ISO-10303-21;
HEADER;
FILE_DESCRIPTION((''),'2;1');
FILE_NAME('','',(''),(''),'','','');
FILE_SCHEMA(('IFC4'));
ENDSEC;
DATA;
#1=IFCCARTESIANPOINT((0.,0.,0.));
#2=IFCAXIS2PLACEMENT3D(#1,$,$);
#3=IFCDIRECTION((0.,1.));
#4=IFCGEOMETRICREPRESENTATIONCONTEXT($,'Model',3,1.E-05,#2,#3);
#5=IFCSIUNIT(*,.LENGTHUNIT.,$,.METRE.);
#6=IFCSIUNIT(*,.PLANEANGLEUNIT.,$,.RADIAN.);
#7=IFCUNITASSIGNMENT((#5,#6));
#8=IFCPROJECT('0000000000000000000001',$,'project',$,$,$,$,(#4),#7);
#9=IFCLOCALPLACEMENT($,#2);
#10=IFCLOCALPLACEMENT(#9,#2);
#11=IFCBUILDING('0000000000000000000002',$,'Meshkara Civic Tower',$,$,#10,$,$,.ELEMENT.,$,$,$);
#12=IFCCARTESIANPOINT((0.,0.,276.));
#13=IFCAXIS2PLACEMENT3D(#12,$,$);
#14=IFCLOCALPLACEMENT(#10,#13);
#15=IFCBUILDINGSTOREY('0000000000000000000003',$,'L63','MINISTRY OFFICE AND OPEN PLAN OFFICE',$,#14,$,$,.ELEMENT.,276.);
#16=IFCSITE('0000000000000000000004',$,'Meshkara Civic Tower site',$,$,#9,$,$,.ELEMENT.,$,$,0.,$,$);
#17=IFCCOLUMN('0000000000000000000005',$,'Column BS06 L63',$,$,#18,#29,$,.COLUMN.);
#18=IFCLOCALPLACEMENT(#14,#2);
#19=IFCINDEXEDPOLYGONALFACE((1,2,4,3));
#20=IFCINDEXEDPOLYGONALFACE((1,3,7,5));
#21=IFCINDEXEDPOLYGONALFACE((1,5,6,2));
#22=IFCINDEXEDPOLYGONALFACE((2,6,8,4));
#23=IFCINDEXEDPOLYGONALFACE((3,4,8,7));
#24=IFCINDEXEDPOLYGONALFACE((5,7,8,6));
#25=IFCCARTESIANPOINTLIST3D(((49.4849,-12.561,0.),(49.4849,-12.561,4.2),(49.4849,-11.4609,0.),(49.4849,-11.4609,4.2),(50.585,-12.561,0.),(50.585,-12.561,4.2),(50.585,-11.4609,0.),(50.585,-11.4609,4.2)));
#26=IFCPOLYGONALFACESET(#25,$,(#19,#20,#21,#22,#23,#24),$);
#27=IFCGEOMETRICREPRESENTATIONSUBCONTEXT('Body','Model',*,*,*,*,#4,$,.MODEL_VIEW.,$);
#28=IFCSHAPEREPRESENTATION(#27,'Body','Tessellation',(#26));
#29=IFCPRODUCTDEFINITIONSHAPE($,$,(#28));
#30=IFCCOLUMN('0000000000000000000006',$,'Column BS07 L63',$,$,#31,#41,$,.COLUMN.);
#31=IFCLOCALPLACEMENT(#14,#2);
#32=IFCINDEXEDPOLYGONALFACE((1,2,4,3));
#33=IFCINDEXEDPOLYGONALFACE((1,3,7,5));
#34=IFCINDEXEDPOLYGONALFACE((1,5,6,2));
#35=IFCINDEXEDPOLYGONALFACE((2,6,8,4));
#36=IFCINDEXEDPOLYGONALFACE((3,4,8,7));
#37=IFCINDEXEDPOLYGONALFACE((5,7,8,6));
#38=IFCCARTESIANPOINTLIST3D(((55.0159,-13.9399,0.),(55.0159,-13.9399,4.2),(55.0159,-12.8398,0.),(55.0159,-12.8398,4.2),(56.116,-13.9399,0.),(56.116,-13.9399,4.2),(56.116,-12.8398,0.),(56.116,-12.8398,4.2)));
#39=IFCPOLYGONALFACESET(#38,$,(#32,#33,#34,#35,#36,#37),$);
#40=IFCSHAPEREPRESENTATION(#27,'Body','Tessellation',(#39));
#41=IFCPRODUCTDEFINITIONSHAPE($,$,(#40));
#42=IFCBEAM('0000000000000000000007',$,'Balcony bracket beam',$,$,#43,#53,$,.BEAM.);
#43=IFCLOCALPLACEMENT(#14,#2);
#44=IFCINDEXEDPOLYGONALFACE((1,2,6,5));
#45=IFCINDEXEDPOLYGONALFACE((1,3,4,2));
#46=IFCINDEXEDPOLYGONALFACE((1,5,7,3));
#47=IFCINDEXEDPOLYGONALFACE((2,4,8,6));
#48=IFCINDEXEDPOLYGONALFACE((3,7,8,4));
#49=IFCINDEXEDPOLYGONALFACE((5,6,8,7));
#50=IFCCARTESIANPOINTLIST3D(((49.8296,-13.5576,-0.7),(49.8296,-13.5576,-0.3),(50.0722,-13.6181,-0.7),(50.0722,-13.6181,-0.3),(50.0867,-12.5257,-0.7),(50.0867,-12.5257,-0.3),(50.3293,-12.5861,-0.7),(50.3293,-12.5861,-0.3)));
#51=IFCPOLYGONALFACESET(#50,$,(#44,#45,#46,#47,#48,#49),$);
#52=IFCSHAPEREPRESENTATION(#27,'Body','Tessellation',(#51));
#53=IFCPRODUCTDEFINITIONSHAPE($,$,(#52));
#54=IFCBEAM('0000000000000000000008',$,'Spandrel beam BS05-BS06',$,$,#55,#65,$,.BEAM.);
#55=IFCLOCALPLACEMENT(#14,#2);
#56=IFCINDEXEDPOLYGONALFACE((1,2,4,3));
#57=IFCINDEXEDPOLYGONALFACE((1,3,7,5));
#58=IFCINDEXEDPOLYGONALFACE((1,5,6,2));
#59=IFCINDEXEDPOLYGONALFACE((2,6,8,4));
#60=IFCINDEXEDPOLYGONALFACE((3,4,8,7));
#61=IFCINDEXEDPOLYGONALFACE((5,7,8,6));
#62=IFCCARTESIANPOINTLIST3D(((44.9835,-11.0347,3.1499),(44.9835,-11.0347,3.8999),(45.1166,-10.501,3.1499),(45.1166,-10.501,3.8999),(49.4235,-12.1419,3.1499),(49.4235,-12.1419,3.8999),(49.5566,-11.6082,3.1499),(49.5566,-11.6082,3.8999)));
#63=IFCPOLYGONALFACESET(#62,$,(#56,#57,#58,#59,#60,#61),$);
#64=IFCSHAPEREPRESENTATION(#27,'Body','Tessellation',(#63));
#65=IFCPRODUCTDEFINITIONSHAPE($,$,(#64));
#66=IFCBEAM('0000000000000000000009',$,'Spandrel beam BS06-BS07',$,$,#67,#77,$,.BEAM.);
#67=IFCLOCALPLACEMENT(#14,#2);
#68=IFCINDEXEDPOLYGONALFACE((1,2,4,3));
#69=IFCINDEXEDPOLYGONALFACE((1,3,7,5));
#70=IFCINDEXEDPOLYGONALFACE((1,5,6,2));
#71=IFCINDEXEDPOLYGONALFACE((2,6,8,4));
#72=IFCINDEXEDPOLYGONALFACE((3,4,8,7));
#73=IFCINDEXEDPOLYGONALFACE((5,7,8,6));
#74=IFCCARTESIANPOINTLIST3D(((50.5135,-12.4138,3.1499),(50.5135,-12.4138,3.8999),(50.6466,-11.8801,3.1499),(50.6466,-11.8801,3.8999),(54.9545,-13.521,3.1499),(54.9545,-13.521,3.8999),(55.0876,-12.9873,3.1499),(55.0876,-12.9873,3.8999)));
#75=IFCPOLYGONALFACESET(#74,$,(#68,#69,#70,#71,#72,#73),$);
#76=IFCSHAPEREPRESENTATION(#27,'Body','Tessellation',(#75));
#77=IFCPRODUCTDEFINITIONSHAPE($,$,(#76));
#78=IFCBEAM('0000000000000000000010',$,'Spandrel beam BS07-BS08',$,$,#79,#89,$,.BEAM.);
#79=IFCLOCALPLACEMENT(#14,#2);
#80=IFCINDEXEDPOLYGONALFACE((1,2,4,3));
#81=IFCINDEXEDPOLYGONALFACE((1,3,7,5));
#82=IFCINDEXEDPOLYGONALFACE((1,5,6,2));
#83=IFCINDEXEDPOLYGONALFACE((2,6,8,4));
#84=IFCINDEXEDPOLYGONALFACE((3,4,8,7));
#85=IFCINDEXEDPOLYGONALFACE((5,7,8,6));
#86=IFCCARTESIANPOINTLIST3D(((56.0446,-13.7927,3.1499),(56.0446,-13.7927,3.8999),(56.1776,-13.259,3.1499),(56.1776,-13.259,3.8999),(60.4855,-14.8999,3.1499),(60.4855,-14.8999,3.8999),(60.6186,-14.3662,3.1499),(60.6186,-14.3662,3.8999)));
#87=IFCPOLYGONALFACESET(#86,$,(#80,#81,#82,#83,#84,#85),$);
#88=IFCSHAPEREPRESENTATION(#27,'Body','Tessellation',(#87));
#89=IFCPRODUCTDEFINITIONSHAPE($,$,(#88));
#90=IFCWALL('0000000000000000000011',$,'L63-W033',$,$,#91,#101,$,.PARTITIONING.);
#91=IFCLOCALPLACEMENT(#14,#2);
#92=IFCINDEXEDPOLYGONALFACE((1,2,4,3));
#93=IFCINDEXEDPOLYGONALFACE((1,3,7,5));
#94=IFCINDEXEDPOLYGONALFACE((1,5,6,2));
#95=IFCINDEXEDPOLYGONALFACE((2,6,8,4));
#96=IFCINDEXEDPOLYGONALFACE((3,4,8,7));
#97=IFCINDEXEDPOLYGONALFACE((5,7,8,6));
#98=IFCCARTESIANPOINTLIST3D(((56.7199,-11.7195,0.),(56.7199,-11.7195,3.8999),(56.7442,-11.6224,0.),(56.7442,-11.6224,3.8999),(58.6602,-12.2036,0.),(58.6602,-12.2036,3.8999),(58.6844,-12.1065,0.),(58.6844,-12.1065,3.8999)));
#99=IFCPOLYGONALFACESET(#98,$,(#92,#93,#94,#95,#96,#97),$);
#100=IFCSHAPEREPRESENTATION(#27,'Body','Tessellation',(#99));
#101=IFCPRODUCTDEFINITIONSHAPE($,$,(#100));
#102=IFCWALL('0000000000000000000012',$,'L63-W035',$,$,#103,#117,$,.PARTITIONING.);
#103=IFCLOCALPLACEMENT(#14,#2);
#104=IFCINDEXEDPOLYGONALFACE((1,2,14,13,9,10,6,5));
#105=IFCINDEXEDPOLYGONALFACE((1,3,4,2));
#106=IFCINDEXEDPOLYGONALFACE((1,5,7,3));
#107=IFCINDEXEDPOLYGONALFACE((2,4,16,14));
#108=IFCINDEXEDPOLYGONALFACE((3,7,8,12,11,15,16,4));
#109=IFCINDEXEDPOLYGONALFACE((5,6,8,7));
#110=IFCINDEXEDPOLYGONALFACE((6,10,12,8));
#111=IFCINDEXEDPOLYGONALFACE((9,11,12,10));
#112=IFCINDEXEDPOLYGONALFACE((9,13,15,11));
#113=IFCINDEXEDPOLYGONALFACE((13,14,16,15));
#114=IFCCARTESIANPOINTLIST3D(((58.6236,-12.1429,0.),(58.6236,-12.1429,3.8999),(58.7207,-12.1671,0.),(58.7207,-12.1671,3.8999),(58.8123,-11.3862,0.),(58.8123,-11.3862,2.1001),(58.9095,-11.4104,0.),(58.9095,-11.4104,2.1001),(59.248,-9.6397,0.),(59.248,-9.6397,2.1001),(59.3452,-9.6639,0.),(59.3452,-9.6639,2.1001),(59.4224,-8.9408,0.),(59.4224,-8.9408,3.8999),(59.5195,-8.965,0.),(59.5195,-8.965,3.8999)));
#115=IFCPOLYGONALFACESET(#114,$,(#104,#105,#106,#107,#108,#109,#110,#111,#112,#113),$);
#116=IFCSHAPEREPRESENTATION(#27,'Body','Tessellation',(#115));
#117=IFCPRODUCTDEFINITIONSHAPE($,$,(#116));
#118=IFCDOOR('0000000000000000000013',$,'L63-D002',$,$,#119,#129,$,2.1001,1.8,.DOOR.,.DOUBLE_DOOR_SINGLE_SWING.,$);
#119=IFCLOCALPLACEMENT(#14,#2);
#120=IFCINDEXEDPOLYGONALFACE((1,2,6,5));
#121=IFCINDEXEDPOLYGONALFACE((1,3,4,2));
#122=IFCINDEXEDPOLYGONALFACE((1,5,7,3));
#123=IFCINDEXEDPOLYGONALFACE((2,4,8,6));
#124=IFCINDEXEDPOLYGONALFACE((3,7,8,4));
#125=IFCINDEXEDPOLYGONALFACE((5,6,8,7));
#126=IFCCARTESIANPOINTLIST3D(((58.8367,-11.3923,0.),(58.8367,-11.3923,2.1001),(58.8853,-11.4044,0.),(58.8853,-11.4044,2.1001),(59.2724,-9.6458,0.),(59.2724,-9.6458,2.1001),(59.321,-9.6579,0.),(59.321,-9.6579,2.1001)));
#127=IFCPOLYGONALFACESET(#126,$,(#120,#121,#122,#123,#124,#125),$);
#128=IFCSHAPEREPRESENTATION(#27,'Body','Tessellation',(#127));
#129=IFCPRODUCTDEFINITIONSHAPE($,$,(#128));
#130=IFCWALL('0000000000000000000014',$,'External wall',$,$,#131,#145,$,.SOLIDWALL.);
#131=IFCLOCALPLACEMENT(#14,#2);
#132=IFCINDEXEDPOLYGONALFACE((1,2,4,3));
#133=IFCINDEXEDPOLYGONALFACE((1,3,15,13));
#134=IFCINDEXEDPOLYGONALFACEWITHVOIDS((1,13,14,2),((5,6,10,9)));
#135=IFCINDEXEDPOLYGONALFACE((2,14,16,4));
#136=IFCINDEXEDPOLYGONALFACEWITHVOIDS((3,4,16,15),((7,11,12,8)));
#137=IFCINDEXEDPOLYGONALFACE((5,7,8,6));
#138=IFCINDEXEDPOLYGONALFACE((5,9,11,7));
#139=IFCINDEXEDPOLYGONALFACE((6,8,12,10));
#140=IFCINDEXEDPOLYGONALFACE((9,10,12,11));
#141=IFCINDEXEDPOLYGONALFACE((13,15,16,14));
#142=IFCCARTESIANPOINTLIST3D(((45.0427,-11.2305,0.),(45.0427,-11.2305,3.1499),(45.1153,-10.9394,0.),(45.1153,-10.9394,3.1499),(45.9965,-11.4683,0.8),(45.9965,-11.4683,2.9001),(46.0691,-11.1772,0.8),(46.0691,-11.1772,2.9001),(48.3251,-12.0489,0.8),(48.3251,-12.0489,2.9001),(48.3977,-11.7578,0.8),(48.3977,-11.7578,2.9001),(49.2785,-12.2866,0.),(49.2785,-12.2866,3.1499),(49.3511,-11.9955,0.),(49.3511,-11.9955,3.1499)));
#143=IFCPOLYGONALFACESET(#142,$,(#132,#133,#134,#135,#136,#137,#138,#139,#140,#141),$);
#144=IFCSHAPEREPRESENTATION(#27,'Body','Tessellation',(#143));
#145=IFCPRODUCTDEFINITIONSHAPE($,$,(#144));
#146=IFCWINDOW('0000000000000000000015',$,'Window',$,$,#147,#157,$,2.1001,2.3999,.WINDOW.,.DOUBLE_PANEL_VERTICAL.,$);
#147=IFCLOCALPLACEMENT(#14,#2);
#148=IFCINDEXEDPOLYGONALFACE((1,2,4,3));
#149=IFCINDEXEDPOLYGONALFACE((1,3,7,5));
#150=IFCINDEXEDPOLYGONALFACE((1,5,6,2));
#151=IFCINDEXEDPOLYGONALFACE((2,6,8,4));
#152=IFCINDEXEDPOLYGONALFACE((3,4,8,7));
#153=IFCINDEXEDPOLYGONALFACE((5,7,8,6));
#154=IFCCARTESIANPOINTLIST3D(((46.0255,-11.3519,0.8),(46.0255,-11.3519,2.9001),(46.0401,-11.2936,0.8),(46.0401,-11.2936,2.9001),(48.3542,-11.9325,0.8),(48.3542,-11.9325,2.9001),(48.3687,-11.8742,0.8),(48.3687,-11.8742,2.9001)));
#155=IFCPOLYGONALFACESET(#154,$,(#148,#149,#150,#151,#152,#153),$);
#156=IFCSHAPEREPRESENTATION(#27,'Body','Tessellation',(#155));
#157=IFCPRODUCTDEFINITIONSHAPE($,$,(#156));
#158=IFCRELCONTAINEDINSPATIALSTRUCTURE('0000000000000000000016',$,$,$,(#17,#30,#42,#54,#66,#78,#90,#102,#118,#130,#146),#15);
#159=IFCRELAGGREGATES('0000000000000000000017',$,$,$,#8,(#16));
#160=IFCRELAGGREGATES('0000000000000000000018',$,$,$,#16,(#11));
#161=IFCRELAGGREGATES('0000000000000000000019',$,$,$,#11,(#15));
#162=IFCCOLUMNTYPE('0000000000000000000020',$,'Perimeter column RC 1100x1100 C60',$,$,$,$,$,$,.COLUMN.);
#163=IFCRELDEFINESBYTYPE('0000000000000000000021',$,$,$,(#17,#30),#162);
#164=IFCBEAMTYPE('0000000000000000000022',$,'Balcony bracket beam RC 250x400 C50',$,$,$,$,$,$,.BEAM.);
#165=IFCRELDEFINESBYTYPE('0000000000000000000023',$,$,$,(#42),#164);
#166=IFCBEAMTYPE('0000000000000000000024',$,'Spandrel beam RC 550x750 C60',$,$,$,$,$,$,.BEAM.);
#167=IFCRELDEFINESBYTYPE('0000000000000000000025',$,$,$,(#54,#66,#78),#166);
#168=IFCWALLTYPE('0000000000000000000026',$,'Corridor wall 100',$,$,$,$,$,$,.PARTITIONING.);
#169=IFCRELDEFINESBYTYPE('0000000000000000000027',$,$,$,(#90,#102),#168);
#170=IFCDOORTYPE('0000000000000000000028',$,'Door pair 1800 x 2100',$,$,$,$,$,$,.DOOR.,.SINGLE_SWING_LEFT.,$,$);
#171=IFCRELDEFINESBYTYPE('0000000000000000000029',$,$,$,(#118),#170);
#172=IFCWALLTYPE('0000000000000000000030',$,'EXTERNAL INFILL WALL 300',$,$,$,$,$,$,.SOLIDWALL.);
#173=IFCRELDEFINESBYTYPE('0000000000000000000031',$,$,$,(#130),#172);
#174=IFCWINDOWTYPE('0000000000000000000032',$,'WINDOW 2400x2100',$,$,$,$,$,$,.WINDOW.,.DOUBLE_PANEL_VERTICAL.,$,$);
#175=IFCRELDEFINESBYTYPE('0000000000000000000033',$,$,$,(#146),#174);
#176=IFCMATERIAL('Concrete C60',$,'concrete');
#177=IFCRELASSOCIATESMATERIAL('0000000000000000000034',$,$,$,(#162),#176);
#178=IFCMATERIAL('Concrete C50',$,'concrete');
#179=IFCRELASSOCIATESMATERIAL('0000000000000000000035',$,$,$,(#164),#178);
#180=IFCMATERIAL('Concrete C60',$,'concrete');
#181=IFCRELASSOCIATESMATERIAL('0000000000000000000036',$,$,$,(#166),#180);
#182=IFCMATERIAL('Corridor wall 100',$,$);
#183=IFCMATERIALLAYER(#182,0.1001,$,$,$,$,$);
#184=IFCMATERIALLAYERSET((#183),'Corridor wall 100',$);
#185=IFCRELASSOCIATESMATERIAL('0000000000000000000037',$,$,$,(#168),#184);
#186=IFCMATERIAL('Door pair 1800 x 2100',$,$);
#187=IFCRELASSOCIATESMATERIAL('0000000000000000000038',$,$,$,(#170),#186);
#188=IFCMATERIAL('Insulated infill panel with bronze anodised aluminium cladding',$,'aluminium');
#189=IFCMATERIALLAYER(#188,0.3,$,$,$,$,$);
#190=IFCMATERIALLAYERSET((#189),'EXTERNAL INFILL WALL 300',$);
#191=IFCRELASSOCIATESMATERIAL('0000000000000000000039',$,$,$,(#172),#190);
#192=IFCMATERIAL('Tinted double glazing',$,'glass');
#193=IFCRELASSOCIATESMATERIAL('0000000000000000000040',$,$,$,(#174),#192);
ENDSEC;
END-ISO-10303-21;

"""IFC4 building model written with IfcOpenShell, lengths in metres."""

from ifc_helpers import new_model, si_unit, direction, frame, frame_2d, origin, origin_2d, place, context, subcontext, project, spatial, rectangle, extrude, material, layer, layer_set, material_profile, profile_set, type_object, element, fill, save


model = new_model("IFC4")

# Units and contexts
model_context = context("Model", 3, precision=1e-05, world=origin(), true_north=direction((0.0, 1.0)))
body_context = subcontext(model_context, "Body", "Model", "MODEL_VIEW")
ifc_project = project(units=[si_unit("LENGTHUNIT", "METRE"), si_unit("PLANEANGLEUNIT", "RADIAN")], contexts=[model_context])

# Site, building, storey
site_placement = place(None, origin())
site = spatial("IfcSite", under=ifc_project, at=site_placement, Name="Meshkara Civic Tower site", CompositionType="ELEMENT", RefElevation=0.0)
building_placement = place(site_placement, origin())
building = spatial("IfcBuilding", under=site, at=building_placement, Name="Meshkara Civic Tower", CompositionType="ELEMENT")
storey_placement = place(building_placement, frame((0.0, 0.0, 276.0)))
storey = spatial("IfcBuildingStorey", under=building, at=storey_placement, Name="L63", Description="MINISTRY OFFICE AND OPEN PLAN OFFICE", CompositionType="ELEMENT", Elevation=276.0)

# Columns
ifc_material_1 = material(Name="Concrete C60", Category="concrete")
ifc_material_profile_1 = material_profile(ifc_material_1, rectangle(XDim=1.1001, YDim=1.1001, at=origin_2d()))
ifc_profile_set_1 = profile_set([ifc_material_profile_1], Name="Concrete C60")
column_type = type_object("IfcColumnType", Name="Perimeter column RC 1100x1100 C60", PredefinedType="COLUMN", material=ifc_profile_set_1)
for number, where, z_axis, x_axis, name in (
    (1, (50.0349, -12.011, 0.0), (0.0, 0.0, 1.0), (1.0, 0.0, 0.0), "Column BS06 L63"),
    (2, (55.5659, -13.3899, 0.0), (0.0, 0.0, 1.0), (1.0, 0.0, 0.0), "Column BS07 L63"),
):
    element("IfcColumn", number, at=place(storey_placement, frame(where, z_axis=z_axis, x_axis=x_axis)), inside=storey, type_object=column_type, Name=name, PredefinedType="COLUMN", context=body_context, shape_type="SweptSolid", body=[
        extrude(rectangle(XDim=1.1001, YDim=1.1001, at=origin_2d()), origin(), (0.0, 0.0, 1.0), 4.2),
    ])

# Beams
ifc_material_2 = material(Name="Concrete C50", Category="concrete")
ifc_material_profile_2 = material_profile(ifc_material_2, rectangle(XDim=0.25, YDim=0.3999, at=origin_2d()))
ifc_profile_set_2 = profile_set([ifc_material_profile_2], Name="Concrete C50")
beam_type_1 = type_object("IfcBeamType", Name="Balcony bracket beam RC 250x400 C50", PredefinedType="BEAM", material=ifc_profile_set_2)
beam_1_placement = place(storey_placement, frame((50.208, -12.5559, -0.5), z_axis=(-0.241725, -0.970345, 0.0), x_axis=(0.970345, -0.241725, 0.0)))
element("IfcBeam", 3, at=beam_1_placement, inside=storey, type_object=beam_type_1, Name="Balcony bracket beam", PredefinedType="BEAM", context=body_context, shape_type="SweptSolid", body=[
    extrude(rectangle(XDim=0.25, YDim=0.3999, at=origin_2d()), origin(), (0.0, 0.0, 1.0), 1.0635),
])
ifc_material_3 = material(Name="Concrete C60", Category="concrete")
ifc_material_profile_3 = material_profile(ifc_material_3, rectangle(XDim=0.55, YDim=0.75, at=origin_2d()))
ifc_profile_set_3 = profile_set([ifc_material_profile_3], Name="Concrete C60")
beam_type_2 = type_object("IfcBeamType", Name="Spandrel beam RC 550x750 C60", PredefinedType="BEAM", material=ifc_profile_set_3)
beam_2_placement = place(storey_placement, frame((45.05, -10.7678, 3.5249), z_axis=(0.970287, -0.241958, 0.0), x_axis=(0.241958, 0.970287, 0.0)))
element("IfcBeam", 4, at=beam_2_placement, inside=storey, type_object=beam_type_2, Name="Spandrel beam BS05-BS06", PredefinedType="BEAM", context=body_context, shape_type="SweptSolid", body=[
    extrude(rectangle(XDim=0.55, YDim=0.75, at=origin_2d()), origin(), (0.0, 0.0, 1.0), 4.5759),
])
for number, where, z_axis, x_axis, name in (
    (5, (50.5801, -12.147, 3.5249), (0.970299, -0.241908, 0.0), (0.241908, 0.970299, 0.0), "Spandrel beam BS06-BS07"),
    (6, (56.1111, -13.5259, 3.5249), (0.970299, -0.241908, 0.0), (0.241908, 0.970299, 0.0), "Spandrel beam BS07-BS08"),
):
    element("IfcBeam", number, at=place(storey_placement, frame(where, z_axis=z_axis, x_axis=x_axis)), inside=storey, type_object=beam_type_2, Name=name, PredefinedType="BEAM", context=body_context, shape_type="SweptSolid", body=[
        extrude(rectangle(XDim=0.55, YDim=0.75, at=origin_2d()), origin(), (0.0, 0.0, 1.0), 4.5769),
    ])

# Wall
ifc_material_4 = material(Name="Corridor wall 100")
ifc_layer_1 = layer(ifc_material_4, 0.1001)
ifc_layer_set_1 = layer_set([ifc_layer_1], Name="Corridor wall 100")
wall_type_1 = type_object("IfcWallType", Name="Corridor wall 100", PredefinedType="PARTITIONING", material=ifc_layer_set_1)
wall_1_placement = place(storey_placement, frame((56.7319, -11.6709, 0.0), z_axis=(0.0, 0.0, 1.0), x_axis=(0.97025, -0.242105, 0.0)))
element("IfcWall", 7, at=wall_1_placement, inside=storey, type_object=wall_type_1, Name="L63-W033", PredefinedType="PARTITIONING", context=body_context, shape_type="SweptSolid", body=[
    extrude(rectangle(XDim=1.9998, YDim=0.1001, at=frame_2d((1.0, 0.0))), origin(), (0.0, 0.0, 1.0), 3.8999),
])

# Wall, opening, door
wall_2_placement = place(storey_placement, frame((58.6721, -12.155, 0.0), z_axis=(0.0, 0.0, 1.0), x_axis=(0.242048, 0.970264, 0.0)))
wall_2 = element("IfcWall", 8, at=wall_2_placement, inside=storey, type_object=wall_type_1, Name="L63-W035", PredefinedType="PARTITIONING", context=body_context, shape_type="SweptSolid", body=[
    extrude(rectangle(XDim=3.3003, YDim=0.1001, at=frame_2d((1.6501, 0.0))), origin(), (0.0, 0.0, 1.0), 3.8999),
])
opening_1_placement = place(wall_2_placement, frame((0.78, 0.0, 0.0)))
opening_1 = element("IfcOpeningElement", 9, at=opening_1_placement, cuts=wall_2, PredefinedType="OPENING", context=body_context, shape_type="SweptSolid", body=[
    extrude(rectangle(XDim=1.8, YDim=2.1001, at=frame_2d((0.8999, 1.05))), frame((0.0, 0.0601, 0.0), z_axis=(0.0, -1.0, 0.0), x_axis=(1.0, 0.0, 0.0)), (0.0, 0.0, 1.0), 0.1201),
])
ifc_material_5 = material(Name="Door pair 1800 x 2100")
door_type_1 = type_object("IfcDoorType", Name="Door pair 1800 x 2100", OperationType="SINGLE_SWING_LEFT", PredefinedType="DOOR", material=ifc_material_5)
door_1_placement = place(opening_1_placement, origin())
door_1 = element("IfcDoor", 10, at=door_1_placement, inside=storey, type_object=door_type_1, Name="L63-D002", OperationType="DOUBLE_DOOR_SINGLE_SWING", OverallHeight=2.1001, OverallWidth=1.8, PredefinedType="DOOR", context=body_context, shape_type="SweptSolid", body=[
    extrude(rectangle(XDim=1.8, YDim=2.1001, at=frame_2d((0.8999, 1.05))), frame((0.0, 0.0249, 0.0), z_axis=(0.0, -1.0, 0.0), x_axis=(1.0, 0.0, 0.0)), (0.0, 0.0, 1.0), 0.05),
])
fill(opening_1, door_1)

# Wall, opening, window
ifc_material_6 = material(Name="Insulated infill panel with bronze anodised aluminium cladding", Category="aluminium")
ifc_layer_2 = layer(ifc_material_6, 0.3)
ifc_layer_set_2 = layer_set([ifc_layer_2], Name="EXTERNAL INFILL WALL 300")
wall_type_2 = type_object("IfcWallType", Name="EXTERNAL INFILL WALL 300", PredefinedType="SOLIDWALL", material=ifc_layer_set_2)
wall_3_placement = place(storey_placement, frame((45.0791, -11.085, 0.0), z_axis=(0.0, 0.0, 1.0), x_axis=(0.970294, -0.24193, 0.0)))
wall_3 = element("IfcWall", 11, at=wall_3_placement, inside=storey, type_object=wall_type_2, Name="External wall", PredefinedType="SOLIDWALL", context=body_context, shape_type="SweptSolid", body=[
    extrude(rectangle(XDim=4.3655, YDim=0.3, at=frame_2d((2.1826, 0.0))), origin(), (0.0, 0.0, 1.0), 3.1499),
])
opening_2_placement = place(wall_3_placement, frame((0.9829, 0.0, 0.8)))
opening_2 = element("IfcOpeningElement", 12, at=opening_2_placement, cuts=wall_3, PredefinedType="OPENING", context=body_context, shape_type="SweptSolid", body=[
    extrude(rectangle(XDim=2.3999, YDim=2.1001, at=frame_2d((1.2, 1.05))), frame((0.0, 0.1599, 0.0), z_axis=(0.0, -1.0, 0.0), x_axis=(1.0, 0.0, 0.0)), (0.0, 0.0, 1.0), 0.3201),
])
ifc_material_7 = material(Name="Tinted double glazing", Category="glass")
window_type = type_object("IfcWindowType", Name="WINDOW 2400x2100", PartitioningType="DOUBLE_PANEL_VERTICAL", PredefinedType="WINDOW", material=ifc_material_7)
window_1_placement = place(opening_2_placement, origin())
window_1 = element("IfcWindow", 13, at=window_1_placement, inside=storey, type_object=window_type, Name="Window", OverallHeight=2.1001, OverallWidth=2.3999, PartitioningType="DOUBLE_PANEL_VERTICAL", PredefinedType="WINDOW", context=body_context, shape_type="SweptSolid", body=[
    extrude(rectangle(XDim=2.3999, YDim=2.1001, at=frame_2d((1.2, 1.05))), frame((0.0, 0.03, 0.0), z_axis=(0.0, -1.0, 0.0), x_axis=(1.0, 0.0, 0.0)), (0.0, 0.0, 1.0), 0.0601),
])
fill(opening_2, window_1)

save(model, "model.ifc")
